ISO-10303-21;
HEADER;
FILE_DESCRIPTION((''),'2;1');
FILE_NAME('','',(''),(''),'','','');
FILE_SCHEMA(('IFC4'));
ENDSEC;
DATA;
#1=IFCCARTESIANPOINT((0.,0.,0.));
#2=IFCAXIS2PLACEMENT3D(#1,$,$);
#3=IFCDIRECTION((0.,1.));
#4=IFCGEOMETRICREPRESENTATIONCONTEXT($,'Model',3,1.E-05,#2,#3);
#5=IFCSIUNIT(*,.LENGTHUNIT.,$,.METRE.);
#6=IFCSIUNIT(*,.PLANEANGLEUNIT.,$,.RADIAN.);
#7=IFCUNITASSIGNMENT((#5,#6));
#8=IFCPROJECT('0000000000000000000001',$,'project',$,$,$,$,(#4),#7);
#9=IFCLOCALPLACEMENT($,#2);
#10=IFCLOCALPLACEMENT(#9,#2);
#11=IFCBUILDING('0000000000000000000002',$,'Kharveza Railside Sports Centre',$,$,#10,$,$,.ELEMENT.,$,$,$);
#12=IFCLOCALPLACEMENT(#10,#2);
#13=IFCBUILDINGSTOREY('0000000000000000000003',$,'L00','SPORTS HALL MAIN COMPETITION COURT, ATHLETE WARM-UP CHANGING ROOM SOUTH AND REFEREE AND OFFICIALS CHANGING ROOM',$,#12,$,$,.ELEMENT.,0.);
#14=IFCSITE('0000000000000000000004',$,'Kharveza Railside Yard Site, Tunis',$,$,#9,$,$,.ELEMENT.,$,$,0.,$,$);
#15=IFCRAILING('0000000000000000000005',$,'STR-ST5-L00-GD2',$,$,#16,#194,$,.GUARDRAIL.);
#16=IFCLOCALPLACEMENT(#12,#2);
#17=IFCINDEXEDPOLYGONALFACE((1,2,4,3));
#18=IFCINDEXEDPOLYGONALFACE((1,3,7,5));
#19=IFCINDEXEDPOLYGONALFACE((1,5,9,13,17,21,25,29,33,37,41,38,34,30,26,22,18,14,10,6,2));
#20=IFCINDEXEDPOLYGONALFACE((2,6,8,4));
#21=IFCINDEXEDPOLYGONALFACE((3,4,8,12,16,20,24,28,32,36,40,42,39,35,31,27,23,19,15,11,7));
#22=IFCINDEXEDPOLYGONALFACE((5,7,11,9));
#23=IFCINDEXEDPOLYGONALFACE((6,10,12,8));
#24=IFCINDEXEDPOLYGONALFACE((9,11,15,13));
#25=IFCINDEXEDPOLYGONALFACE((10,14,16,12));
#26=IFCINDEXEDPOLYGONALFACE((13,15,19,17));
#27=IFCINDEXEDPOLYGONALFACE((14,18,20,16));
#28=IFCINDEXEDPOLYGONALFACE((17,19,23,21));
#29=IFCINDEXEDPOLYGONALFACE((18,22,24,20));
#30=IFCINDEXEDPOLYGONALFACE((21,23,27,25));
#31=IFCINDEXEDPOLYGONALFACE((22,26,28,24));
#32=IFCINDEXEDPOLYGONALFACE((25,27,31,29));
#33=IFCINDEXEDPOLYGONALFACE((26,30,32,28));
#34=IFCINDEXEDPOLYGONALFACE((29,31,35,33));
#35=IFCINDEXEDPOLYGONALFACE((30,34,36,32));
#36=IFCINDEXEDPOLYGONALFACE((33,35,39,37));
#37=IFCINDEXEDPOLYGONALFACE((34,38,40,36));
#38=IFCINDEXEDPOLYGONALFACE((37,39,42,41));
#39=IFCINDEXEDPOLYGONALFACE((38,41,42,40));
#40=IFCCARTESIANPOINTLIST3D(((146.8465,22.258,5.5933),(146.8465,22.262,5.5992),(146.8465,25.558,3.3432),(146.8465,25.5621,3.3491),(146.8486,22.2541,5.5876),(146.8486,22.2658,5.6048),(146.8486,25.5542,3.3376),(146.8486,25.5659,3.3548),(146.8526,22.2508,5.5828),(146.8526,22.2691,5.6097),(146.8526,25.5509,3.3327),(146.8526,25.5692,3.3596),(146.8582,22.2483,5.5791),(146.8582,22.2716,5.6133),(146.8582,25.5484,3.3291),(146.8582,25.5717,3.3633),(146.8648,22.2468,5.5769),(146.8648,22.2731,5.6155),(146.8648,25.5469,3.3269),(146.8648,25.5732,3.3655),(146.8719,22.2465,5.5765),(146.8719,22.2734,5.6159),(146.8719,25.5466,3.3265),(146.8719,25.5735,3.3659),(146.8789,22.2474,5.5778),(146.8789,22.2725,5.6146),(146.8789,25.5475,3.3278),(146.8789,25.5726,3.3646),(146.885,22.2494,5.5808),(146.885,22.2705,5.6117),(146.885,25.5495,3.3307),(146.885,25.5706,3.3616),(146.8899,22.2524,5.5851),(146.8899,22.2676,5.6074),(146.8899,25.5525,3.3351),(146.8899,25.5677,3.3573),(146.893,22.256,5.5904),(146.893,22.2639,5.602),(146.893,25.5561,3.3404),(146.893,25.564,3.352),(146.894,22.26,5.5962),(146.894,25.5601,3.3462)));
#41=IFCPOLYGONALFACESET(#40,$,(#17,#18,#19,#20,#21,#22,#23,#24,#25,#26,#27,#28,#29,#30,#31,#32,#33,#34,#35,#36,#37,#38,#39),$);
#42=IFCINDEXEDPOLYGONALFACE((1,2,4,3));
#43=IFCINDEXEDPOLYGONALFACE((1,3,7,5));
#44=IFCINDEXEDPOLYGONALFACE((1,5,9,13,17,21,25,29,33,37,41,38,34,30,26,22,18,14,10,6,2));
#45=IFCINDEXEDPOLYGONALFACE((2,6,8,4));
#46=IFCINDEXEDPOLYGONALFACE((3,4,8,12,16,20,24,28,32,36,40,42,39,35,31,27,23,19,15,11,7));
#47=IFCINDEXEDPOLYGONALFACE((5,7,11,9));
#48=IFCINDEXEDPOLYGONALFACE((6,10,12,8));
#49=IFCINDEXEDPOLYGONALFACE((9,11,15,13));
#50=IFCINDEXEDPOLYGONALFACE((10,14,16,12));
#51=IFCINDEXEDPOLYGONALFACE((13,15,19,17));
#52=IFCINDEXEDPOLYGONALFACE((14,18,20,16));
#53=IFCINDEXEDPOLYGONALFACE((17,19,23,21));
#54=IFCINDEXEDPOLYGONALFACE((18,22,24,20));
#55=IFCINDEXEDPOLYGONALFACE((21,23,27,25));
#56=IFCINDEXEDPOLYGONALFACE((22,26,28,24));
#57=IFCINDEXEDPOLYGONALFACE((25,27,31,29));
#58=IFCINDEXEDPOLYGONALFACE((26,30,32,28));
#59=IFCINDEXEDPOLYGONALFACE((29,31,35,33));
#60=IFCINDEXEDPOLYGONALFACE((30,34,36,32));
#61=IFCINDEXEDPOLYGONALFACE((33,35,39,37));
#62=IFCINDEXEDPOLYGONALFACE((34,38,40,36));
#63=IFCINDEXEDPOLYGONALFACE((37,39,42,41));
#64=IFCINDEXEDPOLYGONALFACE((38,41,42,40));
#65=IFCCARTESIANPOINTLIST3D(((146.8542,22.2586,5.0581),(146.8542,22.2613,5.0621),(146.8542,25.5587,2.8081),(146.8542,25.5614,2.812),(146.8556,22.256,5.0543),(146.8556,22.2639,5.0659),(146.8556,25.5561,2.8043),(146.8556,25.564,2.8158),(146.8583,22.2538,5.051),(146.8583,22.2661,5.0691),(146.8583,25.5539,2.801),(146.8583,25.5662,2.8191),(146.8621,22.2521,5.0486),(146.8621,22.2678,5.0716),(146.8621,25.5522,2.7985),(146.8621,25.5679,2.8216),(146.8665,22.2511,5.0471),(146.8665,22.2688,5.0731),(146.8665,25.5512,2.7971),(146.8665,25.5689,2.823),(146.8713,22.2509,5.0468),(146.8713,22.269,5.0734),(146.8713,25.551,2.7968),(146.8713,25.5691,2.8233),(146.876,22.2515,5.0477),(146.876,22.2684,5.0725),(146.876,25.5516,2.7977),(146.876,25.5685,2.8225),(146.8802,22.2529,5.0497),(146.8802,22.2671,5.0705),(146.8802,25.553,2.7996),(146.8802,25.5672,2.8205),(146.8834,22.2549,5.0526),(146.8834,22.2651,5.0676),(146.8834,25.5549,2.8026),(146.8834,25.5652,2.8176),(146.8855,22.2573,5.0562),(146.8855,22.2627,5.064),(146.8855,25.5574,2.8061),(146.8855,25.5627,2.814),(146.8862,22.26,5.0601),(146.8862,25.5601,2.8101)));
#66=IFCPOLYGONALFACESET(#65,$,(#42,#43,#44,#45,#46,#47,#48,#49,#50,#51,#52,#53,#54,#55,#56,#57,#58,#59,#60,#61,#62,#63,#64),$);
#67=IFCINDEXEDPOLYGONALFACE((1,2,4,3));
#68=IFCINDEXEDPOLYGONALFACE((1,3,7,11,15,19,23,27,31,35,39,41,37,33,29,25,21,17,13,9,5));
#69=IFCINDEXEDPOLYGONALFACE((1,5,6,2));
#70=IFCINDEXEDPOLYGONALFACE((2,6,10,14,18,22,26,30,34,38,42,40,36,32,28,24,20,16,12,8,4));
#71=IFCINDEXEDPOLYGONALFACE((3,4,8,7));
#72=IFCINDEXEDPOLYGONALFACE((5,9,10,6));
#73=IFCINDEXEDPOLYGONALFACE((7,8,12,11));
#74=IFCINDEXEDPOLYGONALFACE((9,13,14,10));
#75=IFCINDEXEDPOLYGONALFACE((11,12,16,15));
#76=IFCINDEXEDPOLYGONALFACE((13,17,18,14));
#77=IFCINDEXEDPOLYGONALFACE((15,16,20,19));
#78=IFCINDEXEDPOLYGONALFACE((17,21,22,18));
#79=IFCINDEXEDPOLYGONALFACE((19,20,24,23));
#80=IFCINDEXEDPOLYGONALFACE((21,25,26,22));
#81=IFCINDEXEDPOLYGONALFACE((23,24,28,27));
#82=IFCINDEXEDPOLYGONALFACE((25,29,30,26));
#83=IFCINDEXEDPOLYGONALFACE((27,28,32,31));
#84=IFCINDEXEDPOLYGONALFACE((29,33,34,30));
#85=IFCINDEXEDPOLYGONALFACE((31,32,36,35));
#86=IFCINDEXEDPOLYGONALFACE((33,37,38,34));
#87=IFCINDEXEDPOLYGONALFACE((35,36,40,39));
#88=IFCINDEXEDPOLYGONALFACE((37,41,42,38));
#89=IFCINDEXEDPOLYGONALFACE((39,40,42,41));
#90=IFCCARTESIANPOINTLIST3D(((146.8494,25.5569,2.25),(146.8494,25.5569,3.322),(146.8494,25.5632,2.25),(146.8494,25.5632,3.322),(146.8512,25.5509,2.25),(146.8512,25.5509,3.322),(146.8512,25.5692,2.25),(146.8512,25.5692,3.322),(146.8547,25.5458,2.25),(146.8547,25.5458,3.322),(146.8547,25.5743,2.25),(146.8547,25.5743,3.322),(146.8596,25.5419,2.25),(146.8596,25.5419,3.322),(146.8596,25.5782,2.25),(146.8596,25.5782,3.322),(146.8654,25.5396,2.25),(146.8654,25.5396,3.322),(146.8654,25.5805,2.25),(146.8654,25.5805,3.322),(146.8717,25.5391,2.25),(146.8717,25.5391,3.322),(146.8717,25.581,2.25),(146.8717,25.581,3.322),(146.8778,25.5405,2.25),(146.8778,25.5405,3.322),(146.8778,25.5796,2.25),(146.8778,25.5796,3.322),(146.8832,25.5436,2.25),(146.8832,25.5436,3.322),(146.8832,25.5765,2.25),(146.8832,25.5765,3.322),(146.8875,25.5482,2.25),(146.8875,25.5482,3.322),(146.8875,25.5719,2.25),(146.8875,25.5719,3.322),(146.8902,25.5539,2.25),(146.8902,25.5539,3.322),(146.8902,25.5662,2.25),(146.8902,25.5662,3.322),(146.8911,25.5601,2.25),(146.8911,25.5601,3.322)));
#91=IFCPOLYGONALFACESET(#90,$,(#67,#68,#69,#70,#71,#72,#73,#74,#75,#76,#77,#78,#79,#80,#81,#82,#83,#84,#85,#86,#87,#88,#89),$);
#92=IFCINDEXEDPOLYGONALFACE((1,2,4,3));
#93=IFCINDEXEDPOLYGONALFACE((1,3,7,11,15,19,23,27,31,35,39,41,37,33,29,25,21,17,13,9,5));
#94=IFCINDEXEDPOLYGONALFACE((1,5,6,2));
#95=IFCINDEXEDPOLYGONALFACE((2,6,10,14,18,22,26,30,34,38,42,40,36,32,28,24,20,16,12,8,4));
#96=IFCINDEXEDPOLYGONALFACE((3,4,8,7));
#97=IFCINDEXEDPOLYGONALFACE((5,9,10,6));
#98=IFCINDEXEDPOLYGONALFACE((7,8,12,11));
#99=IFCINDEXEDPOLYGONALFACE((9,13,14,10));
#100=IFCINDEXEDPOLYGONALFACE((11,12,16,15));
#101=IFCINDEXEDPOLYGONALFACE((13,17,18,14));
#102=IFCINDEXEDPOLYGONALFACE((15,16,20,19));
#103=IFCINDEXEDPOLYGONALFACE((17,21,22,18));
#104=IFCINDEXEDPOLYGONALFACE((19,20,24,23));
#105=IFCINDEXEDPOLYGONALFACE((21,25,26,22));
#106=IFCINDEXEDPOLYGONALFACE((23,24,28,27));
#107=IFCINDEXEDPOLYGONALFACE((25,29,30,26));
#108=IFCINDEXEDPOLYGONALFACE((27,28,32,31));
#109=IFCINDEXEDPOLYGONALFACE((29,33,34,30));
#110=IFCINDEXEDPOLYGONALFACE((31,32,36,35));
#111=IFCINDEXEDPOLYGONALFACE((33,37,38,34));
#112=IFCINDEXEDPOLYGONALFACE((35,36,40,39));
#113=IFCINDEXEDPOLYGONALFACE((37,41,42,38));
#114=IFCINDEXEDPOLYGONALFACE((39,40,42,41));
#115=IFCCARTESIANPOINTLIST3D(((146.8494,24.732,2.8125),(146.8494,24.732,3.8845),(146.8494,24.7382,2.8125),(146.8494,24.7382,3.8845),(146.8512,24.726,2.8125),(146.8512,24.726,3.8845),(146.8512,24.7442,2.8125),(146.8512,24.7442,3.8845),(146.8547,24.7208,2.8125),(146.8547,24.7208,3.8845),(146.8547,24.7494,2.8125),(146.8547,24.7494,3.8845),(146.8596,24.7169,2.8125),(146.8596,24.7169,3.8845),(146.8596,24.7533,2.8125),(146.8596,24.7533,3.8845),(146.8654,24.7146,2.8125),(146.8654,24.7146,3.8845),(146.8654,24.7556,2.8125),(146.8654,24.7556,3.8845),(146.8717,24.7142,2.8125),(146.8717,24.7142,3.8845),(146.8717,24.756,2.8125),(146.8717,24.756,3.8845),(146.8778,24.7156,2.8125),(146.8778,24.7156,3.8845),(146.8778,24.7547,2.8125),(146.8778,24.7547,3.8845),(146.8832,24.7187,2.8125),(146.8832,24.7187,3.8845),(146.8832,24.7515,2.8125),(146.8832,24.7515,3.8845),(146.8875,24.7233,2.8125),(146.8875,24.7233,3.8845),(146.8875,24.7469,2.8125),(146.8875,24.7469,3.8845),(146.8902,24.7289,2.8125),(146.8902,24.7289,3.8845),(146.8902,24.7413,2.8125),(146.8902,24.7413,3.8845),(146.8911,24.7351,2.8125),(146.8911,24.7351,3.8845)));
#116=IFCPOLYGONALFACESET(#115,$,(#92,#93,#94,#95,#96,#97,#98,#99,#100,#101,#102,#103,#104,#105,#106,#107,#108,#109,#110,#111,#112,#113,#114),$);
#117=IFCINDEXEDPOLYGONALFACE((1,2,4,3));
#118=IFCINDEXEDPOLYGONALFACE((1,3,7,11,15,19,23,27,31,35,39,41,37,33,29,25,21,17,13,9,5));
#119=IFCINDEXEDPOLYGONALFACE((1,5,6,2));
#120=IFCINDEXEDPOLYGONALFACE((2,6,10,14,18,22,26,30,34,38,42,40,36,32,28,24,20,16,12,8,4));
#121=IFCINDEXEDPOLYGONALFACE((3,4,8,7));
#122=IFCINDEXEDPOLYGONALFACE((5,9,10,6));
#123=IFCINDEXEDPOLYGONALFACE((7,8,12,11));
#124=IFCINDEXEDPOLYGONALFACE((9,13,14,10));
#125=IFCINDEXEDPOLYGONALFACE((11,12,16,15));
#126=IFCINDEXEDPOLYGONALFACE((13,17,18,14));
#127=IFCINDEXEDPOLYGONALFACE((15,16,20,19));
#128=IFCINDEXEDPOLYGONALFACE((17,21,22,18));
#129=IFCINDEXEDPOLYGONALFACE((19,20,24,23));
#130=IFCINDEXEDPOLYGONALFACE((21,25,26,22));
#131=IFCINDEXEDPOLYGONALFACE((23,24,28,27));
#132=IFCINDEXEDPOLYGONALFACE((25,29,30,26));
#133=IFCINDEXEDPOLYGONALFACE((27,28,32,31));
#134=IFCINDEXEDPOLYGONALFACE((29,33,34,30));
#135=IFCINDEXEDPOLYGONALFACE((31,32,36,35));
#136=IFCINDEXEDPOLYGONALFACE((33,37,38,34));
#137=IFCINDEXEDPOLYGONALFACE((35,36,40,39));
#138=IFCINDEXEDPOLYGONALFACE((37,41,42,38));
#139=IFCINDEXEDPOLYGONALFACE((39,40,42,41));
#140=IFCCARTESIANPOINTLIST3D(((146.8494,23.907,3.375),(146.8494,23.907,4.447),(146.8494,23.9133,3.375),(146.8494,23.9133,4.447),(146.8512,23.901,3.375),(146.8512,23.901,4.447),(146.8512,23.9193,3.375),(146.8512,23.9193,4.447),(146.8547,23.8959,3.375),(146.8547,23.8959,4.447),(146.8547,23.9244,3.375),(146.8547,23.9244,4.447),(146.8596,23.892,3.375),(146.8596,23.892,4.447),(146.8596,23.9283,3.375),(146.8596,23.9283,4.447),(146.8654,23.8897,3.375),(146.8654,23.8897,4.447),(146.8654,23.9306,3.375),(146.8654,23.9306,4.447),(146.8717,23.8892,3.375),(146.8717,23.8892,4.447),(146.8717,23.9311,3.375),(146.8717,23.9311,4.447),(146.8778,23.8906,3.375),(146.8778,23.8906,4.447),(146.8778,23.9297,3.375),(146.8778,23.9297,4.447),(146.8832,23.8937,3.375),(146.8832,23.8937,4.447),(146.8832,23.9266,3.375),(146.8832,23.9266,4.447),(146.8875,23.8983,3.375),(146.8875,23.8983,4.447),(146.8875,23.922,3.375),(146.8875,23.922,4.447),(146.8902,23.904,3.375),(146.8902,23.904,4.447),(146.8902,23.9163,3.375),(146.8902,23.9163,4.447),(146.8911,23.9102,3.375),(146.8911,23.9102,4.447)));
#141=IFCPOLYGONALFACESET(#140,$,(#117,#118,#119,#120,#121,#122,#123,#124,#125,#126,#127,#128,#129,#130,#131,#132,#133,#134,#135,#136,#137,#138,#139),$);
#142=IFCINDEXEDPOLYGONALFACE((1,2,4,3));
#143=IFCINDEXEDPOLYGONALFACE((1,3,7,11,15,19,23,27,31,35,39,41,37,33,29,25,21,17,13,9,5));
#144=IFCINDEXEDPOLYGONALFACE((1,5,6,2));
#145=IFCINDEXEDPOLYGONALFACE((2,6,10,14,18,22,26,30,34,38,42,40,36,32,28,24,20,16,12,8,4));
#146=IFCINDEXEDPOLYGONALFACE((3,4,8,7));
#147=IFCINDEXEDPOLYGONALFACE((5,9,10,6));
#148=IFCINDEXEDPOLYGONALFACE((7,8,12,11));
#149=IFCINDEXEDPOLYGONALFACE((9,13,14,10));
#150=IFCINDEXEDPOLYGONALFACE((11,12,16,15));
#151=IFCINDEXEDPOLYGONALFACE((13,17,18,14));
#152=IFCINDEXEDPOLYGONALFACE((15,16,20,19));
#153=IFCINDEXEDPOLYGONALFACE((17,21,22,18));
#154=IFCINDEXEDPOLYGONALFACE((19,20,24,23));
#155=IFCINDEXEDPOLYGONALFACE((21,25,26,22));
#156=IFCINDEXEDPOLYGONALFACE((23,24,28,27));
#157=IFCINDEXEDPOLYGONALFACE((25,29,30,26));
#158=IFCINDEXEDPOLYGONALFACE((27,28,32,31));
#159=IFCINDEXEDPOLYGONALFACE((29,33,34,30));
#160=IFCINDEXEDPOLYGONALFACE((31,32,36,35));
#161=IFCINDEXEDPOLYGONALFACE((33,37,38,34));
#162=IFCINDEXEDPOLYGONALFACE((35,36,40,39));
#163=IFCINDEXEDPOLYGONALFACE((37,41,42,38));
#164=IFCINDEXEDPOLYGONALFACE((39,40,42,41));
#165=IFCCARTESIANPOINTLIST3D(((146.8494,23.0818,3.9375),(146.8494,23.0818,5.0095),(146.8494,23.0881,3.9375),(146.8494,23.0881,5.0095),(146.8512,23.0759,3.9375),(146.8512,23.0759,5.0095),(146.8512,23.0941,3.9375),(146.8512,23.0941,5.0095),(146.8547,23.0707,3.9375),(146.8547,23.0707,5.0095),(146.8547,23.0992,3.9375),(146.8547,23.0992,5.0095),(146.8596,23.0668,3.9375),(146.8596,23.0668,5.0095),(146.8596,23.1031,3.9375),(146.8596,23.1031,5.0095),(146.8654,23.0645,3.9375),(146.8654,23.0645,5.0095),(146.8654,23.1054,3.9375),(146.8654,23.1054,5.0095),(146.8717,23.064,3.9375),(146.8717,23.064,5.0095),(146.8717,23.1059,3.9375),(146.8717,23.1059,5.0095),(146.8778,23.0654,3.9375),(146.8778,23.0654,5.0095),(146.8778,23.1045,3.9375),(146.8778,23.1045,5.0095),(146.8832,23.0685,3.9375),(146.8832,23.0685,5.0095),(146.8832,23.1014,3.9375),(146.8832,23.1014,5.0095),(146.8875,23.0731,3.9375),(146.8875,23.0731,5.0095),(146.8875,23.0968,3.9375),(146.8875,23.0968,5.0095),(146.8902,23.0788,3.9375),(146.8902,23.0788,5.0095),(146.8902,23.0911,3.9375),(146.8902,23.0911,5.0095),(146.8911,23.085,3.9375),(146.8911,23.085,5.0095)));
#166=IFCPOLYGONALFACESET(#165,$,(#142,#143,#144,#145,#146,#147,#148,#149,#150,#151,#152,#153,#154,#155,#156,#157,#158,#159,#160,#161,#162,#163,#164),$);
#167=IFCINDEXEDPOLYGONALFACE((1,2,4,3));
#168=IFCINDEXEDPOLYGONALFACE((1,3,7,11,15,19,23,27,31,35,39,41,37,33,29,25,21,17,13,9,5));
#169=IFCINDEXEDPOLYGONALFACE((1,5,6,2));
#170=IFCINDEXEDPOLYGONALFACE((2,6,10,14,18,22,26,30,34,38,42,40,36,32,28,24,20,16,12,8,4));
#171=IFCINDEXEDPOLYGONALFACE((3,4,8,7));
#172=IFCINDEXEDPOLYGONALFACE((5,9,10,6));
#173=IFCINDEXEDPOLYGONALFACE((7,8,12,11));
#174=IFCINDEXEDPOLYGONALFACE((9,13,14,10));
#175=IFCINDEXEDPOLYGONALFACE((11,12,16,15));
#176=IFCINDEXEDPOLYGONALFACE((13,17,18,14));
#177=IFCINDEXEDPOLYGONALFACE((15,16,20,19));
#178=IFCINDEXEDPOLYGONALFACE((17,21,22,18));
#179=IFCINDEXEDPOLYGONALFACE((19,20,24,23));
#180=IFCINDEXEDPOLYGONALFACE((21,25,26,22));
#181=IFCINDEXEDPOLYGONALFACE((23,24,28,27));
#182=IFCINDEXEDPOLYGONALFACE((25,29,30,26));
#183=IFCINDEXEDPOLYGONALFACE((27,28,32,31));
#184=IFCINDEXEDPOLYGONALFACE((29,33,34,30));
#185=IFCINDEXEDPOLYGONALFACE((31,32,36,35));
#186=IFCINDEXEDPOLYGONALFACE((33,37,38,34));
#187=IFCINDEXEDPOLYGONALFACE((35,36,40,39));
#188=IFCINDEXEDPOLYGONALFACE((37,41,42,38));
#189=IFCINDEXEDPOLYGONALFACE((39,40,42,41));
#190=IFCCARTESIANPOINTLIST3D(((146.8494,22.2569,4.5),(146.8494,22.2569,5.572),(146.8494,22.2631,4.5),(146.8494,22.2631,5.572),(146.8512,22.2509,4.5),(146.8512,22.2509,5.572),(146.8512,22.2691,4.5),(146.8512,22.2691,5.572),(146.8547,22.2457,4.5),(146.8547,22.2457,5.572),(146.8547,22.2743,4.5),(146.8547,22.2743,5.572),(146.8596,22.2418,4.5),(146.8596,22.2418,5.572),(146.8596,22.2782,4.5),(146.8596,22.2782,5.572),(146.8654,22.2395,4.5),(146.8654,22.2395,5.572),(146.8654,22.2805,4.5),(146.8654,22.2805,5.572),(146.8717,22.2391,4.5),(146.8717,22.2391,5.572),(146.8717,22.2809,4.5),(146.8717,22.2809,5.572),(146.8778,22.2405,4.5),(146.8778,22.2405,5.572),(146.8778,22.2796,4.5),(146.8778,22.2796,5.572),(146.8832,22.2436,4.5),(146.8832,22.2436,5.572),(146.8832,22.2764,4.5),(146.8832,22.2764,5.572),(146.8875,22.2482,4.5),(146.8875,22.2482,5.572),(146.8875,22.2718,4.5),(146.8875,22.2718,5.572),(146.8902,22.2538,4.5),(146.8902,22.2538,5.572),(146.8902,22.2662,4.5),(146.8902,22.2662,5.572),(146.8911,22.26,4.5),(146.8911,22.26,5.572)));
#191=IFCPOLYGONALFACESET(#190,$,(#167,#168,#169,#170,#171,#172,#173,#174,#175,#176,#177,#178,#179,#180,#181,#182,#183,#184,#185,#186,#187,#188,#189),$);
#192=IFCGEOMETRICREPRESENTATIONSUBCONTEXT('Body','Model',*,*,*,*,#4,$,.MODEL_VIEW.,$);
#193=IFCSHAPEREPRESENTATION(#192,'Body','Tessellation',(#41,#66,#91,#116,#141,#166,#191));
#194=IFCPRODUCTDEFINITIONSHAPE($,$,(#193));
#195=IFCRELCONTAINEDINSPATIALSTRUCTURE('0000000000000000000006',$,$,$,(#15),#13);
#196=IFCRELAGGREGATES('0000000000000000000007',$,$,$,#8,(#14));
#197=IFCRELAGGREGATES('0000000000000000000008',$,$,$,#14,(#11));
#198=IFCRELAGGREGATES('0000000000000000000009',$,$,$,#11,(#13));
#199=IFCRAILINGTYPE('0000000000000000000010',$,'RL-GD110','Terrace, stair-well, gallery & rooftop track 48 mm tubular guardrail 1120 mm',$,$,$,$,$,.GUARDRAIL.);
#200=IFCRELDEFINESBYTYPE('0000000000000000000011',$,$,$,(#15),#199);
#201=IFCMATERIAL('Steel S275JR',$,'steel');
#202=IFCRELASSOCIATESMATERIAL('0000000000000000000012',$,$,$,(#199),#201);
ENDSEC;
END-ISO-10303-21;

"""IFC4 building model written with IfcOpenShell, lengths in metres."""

from ifc_helpers import new_model, si_unit, direction, frame, origin, origin_2d, place, context, subcontext, project, spatial, circle, extrude, material, type_object, element, save


model = new_model("IFC4")

# Units and contexts
model_context = context("Model", 3, precision=1e-05, world=origin(), true_north=direction((0.0, 1.0)))
body_context = subcontext(model_context, "Body", "Model", "MODEL_VIEW")
ifc_project = project(units=[si_unit("LENGTHUNIT", "METRE"), si_unit("PLANEANGLEUNIT", "RADIAN")], contexts=[model_context])

# Site, building, storey
site_placement = place(None, origin())
site = spatial("IfcSite", under=ifc_project, at=site_placement, Name="Kharveza Railside Yard Site, Tunis", CompositionType="ELEMENT", RefElevation=0.0)
building_placement = place(site_placement, origin())
building = spatial("IfcBuilding", under=site, at=building_placement, Name="Kharveza Railside Sports Centre", CompositionType="ELEMENT")
storey_placement = place(building_placement, origin())
storey = spatial("IfcBuildingStorey", under=building, at=storey_placement, Name="L00", Description="SPORTS HALL MAIN COMPETITION COURT, ATHLETE WARM-UP CHANGING ROOM SOUTH AND REFEREE AND OFFICIALS CHANGING ROOM", CompositionType="ELEMENT", Elevation=0.0)

# Railing
ifc_material_1 = material(Name="Steel S275JR", Category="steel")
railing_type_1 = type_object("IfcRailingType", Name="RL-GD110", Description="Terrace, stair-well, gallery & rooftop track 48 mm tubular guardrail 1120 mm", PredefinedType="GUARDRAIL", material=ifc_material_1)
railing_1_placement = place(storey_placement, frame((146.8701, 25.5601, 2.25)))
element("IfcRailing", 1, at=railing_1_placement, inside=storey, type_object=railing_type_1, Name="STR-ST5-L00-GD2", PredefinedType="GUARDRAIL", context=body_context, shape_type="SweptSolid", body=[
    extrude(circle(Radius=0.0239, at=origin_2d()), frame((0.0, 0.0, 1.0962), z_axis=(0.0, -0.826231, 0.563331), x_axis=(1.0, 0.0, 0.0)), (0.0, 0.0, 1.0), 3.9941),
    extrude(circle(Radius=0.0161, at=origin_2d()), frame((0.0, 0.0, 0.5601), z_axis=(0.0, -0.826231, 0.563331), x_axis=(1.0, 0.0, 0.0)), (0.0, 0.0, 1.0), 3.9941),
    extrude(circle(Radius=0.021, at=origin_2d()), origin(), (0.0, 0.0, 1.0), 1.072),
    extrude(circle(Radius=0.021, at=origin_2d()), frame((0.0, -0.825, 0.5625)), (0.0, 0.0, 1.0), 1.072),
    extrude(circle(Radius=0.021, at=origin_2d()), frame((0.0, -1.6499, 1.125)), (0.0, 0.0, 1.0), 1.072),
    extrude(circle(Radius=0.021, at=origin_2d()), frame((0.0, -2.4751, 1.6875)), (0.0, 0.0, 1.0), 1.072),
    extrude(circle(Radius=0.021, at=origin_2d()), frame((0.0, -3.3, 2.25)), (0.0, 0.0, 1.0), 1.072),
])

save(model, "model.ifc")
